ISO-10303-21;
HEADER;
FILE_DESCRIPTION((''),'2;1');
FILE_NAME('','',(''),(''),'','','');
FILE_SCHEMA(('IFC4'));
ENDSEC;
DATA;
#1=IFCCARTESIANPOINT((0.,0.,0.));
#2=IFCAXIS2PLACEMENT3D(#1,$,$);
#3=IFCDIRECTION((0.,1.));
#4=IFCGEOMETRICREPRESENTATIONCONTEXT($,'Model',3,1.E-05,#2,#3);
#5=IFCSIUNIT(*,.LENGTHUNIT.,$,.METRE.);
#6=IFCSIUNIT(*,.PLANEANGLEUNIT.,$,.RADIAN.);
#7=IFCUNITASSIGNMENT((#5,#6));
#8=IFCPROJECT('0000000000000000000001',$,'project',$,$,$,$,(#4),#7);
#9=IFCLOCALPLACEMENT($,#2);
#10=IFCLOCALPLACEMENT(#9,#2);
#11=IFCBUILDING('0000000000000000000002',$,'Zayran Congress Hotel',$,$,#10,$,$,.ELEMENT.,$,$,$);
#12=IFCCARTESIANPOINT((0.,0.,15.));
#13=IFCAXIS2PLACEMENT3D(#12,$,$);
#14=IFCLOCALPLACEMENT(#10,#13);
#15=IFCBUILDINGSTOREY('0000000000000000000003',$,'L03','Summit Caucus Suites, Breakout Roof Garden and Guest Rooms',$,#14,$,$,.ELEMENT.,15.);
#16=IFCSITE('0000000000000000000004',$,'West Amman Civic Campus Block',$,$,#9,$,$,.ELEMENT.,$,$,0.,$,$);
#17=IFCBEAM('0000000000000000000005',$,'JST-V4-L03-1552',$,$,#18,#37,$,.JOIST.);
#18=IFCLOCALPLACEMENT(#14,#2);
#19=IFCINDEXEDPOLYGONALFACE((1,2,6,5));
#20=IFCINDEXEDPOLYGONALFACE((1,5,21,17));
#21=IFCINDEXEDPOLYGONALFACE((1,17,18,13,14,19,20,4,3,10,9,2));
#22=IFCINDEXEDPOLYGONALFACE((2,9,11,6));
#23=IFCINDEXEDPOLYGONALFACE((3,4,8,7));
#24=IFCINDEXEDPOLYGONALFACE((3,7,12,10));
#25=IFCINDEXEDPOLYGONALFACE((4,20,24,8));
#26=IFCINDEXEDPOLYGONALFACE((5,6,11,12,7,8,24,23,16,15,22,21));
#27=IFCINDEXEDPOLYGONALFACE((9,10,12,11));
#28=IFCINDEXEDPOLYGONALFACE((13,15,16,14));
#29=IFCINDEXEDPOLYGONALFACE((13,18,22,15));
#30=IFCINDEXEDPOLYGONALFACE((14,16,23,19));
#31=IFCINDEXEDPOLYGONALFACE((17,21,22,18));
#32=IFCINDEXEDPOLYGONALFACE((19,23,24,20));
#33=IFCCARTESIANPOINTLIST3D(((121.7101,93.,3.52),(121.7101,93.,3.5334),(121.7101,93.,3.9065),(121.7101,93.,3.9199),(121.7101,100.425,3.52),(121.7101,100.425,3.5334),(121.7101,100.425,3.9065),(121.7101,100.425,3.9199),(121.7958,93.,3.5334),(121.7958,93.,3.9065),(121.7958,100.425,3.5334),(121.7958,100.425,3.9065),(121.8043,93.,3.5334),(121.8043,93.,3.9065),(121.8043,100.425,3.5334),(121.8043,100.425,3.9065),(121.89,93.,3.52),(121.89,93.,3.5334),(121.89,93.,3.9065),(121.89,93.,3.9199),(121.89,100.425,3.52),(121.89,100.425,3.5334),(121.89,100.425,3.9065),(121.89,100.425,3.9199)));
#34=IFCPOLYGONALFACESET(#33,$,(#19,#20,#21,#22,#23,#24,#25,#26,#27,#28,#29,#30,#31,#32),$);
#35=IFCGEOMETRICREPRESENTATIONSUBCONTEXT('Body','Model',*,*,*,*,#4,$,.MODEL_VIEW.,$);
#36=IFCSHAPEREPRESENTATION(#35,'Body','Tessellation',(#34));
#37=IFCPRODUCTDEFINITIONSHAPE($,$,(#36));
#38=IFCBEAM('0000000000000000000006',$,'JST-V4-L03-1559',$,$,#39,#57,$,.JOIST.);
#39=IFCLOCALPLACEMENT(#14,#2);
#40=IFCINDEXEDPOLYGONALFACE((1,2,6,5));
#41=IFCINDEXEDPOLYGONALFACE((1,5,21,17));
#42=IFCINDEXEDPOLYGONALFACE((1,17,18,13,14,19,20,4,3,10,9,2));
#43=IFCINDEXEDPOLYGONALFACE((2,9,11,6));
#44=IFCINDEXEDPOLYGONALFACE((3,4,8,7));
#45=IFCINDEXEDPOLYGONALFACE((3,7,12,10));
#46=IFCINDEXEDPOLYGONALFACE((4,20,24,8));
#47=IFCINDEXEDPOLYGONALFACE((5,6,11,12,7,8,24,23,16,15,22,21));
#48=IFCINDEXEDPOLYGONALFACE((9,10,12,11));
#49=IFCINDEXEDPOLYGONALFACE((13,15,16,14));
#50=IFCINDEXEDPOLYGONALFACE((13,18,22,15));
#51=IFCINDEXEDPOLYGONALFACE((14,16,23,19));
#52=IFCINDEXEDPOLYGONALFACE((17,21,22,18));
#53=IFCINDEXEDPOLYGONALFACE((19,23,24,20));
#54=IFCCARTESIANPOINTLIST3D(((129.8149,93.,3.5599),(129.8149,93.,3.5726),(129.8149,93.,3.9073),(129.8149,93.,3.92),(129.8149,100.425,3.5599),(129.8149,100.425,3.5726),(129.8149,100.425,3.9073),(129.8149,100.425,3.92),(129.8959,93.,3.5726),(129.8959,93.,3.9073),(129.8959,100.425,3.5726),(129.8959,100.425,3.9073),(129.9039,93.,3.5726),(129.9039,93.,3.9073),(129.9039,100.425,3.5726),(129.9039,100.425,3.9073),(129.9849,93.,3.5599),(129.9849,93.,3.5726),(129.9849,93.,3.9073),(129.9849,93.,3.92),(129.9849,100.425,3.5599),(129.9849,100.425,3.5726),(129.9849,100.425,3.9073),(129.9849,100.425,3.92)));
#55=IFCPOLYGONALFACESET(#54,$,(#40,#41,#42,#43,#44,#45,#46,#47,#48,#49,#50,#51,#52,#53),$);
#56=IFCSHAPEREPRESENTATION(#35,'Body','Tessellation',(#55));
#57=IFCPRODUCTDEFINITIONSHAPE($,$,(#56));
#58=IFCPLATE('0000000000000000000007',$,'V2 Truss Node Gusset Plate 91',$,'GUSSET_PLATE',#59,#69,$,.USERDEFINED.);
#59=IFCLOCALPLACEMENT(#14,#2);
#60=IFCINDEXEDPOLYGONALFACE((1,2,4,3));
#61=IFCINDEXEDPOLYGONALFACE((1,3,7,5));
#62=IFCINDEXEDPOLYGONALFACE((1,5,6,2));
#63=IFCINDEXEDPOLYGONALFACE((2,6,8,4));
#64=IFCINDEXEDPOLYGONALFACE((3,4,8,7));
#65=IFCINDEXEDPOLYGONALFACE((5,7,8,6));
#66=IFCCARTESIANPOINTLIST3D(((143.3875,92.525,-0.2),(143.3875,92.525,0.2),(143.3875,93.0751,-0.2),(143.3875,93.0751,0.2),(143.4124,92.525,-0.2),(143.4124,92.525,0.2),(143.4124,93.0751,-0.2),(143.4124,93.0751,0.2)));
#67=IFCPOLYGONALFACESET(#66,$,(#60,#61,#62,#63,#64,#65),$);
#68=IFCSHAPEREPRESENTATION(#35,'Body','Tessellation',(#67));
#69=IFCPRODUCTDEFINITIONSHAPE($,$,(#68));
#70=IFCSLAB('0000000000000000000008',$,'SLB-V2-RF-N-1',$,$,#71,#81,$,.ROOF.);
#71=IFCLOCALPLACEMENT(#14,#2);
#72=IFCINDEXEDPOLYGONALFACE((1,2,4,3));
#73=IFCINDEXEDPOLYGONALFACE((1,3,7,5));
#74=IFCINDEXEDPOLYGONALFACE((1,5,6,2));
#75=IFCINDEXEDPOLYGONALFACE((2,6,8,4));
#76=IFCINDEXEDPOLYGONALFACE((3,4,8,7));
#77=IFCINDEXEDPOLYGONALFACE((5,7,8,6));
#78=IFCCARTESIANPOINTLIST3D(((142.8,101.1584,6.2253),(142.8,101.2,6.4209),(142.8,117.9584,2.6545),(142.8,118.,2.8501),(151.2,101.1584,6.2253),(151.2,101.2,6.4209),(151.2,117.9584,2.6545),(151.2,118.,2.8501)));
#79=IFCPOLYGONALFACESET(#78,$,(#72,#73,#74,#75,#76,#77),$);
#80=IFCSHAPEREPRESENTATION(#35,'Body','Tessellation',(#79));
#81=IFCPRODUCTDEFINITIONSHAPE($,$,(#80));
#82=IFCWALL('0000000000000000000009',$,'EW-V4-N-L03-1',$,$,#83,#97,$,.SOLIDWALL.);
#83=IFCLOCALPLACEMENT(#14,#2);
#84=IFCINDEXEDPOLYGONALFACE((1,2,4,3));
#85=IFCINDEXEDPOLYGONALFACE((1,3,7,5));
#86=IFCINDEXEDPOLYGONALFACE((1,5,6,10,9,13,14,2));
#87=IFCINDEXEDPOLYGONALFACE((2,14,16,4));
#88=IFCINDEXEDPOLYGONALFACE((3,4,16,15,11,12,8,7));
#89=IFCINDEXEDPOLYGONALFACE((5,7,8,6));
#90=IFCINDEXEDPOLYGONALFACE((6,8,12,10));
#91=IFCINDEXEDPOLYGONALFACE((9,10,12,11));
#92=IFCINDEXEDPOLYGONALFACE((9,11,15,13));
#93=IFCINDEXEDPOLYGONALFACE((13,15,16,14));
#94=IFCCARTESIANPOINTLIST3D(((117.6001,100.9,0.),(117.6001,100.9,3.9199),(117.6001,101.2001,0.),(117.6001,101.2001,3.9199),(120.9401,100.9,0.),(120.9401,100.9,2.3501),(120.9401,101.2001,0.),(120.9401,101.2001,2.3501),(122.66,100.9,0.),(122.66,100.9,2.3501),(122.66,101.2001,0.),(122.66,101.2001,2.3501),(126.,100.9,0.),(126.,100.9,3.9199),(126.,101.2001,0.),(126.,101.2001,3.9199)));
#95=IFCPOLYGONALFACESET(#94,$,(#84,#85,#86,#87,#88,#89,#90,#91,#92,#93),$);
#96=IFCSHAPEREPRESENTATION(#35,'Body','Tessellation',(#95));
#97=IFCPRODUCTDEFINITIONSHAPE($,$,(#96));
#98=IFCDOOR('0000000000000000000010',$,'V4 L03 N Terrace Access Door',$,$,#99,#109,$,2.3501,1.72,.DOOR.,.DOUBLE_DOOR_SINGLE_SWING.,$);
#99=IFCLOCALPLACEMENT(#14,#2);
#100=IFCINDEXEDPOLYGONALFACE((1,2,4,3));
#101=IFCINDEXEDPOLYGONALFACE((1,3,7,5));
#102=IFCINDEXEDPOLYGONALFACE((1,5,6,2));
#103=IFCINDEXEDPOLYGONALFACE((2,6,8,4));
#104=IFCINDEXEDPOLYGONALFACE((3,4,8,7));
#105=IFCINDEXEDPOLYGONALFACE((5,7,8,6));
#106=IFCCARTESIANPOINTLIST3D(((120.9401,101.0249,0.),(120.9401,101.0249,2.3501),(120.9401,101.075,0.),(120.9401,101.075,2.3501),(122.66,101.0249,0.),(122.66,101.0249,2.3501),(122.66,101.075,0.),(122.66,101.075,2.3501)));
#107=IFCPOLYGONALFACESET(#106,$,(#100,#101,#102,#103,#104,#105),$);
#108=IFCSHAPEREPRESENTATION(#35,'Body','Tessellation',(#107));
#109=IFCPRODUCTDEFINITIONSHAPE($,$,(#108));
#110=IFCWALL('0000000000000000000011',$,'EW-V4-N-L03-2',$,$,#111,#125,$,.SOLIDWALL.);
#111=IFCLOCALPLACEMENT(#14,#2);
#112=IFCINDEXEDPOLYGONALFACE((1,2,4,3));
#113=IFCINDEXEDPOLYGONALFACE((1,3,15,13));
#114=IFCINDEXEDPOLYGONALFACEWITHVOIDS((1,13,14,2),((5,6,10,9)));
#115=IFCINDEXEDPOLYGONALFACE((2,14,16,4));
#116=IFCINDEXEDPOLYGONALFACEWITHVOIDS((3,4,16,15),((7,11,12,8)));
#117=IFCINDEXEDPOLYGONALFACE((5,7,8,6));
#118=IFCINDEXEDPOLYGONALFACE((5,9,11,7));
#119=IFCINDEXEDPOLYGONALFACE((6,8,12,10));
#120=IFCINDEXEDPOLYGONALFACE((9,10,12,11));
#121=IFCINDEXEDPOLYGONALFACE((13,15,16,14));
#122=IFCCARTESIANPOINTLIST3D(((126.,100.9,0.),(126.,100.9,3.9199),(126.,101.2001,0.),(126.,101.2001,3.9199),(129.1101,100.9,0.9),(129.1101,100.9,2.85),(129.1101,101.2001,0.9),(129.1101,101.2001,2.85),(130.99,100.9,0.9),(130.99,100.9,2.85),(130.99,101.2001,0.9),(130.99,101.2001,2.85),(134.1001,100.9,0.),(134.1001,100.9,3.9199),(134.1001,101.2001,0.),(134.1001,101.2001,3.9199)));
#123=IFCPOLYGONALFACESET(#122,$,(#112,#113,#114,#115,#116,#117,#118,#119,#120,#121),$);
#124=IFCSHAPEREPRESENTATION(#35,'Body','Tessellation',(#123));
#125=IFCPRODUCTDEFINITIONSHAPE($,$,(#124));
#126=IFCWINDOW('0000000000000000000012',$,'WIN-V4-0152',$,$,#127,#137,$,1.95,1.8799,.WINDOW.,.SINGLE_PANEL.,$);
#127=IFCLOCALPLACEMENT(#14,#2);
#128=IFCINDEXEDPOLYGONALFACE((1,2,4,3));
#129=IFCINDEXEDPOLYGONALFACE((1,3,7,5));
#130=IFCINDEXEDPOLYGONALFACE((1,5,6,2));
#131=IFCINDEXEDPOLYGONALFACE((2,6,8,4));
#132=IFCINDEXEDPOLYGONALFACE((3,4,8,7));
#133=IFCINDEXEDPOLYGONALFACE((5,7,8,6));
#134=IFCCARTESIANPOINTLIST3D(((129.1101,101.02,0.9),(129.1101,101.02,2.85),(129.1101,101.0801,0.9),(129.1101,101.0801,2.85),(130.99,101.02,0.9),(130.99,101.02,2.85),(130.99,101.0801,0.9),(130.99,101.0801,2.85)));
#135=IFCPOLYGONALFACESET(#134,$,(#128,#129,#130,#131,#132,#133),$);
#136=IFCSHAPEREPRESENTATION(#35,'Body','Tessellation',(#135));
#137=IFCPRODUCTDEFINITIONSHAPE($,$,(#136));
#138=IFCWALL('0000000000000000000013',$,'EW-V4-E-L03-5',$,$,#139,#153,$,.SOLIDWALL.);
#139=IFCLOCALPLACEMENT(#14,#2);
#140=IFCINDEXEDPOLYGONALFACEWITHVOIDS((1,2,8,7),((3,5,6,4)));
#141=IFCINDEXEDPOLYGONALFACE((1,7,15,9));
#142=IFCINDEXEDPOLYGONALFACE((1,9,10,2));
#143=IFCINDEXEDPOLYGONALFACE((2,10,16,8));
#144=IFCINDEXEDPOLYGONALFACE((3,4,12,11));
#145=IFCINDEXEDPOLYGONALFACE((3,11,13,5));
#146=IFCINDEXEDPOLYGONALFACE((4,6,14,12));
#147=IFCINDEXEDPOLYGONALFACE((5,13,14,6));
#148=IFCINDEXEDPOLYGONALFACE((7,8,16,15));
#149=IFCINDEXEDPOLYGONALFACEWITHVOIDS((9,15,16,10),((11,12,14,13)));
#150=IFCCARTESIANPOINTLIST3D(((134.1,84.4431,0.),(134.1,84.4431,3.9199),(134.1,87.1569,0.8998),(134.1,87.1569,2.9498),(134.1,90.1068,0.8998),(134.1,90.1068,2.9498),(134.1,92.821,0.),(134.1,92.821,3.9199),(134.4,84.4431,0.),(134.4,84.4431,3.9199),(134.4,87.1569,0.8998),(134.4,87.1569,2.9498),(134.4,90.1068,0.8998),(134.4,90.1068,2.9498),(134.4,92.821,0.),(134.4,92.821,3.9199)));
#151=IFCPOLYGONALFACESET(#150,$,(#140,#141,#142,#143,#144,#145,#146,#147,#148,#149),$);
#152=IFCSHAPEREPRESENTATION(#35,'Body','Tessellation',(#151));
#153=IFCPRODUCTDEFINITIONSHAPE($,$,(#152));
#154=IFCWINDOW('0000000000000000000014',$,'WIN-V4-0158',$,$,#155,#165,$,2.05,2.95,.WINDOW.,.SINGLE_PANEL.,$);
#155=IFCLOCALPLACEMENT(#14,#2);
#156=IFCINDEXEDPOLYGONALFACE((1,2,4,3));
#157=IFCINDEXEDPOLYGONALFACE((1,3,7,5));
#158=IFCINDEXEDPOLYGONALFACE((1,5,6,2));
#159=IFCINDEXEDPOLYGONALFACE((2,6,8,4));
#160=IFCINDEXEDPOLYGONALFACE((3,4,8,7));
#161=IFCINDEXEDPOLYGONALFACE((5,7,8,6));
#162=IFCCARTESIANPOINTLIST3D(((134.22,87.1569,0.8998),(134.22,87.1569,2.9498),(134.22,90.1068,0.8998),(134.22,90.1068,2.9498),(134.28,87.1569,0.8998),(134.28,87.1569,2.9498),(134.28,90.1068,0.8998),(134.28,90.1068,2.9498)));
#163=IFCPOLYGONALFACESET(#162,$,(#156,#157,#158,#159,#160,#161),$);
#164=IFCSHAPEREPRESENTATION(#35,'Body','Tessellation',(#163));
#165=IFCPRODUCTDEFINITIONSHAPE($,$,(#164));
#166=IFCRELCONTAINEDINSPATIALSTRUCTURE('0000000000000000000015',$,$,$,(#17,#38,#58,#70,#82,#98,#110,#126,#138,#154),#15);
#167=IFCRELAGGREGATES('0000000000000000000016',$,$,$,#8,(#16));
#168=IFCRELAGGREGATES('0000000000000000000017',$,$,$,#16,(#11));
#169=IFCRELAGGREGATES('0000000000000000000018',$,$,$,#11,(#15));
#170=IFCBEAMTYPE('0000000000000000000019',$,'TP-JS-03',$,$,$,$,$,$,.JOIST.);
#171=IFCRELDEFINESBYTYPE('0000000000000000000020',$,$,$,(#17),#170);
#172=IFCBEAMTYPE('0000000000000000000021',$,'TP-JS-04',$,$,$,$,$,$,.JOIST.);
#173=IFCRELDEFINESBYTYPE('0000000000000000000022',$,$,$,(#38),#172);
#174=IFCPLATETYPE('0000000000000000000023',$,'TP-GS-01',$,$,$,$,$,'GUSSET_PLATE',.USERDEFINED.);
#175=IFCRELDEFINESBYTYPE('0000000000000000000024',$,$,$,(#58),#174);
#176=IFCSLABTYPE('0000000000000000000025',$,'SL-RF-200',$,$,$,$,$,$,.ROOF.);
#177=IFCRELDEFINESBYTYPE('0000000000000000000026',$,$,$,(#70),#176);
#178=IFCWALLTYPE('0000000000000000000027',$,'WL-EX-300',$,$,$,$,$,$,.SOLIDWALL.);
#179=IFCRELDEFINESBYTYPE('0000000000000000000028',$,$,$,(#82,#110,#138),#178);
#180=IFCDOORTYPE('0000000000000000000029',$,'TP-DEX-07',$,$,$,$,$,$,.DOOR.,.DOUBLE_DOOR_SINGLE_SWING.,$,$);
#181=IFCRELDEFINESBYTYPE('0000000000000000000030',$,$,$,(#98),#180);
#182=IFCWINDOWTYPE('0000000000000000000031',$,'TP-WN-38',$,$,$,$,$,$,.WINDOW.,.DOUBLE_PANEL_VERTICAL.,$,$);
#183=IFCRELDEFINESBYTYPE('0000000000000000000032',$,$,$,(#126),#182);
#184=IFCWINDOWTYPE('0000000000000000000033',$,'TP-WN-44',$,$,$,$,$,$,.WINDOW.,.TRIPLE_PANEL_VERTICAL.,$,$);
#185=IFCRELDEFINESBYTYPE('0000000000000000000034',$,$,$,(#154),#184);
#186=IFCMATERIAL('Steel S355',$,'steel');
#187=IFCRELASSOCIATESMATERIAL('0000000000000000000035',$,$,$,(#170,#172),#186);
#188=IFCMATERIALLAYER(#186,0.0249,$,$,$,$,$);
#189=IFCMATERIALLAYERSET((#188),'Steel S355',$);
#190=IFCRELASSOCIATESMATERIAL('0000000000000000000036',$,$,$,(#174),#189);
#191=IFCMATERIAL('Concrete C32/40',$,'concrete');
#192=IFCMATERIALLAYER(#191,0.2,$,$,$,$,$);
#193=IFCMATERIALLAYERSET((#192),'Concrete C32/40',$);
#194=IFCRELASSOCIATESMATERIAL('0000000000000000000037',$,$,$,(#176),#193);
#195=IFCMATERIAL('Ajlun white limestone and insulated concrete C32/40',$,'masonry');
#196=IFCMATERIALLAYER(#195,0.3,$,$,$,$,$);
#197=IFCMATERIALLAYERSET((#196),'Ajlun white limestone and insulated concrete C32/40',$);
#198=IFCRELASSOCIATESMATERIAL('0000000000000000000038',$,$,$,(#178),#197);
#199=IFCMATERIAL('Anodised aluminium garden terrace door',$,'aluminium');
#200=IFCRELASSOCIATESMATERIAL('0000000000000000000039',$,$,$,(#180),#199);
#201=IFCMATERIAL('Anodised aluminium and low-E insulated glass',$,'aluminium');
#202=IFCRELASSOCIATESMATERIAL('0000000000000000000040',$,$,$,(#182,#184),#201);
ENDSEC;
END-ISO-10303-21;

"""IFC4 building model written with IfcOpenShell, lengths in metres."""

from ifc_helpers import new_model, si_unit, direction, frame, frame_2d, origin, origin_2d, place, context, subcontext, project, spatial, polyline, rectangle, i_section, outline, extrude, material, layer, layer_set, material_profile, profile_set, type_object, element, fill, save


model = new_model("IFC4")

# Units and contexts
model_context = context("Model", 3, precision=1e-05, world=origin(), true_north=direction((0.0, 1.0)))
body_context = subcontext(model_context, "Body", "Model", "MODEL_VIEW")
ifc_project = project(units=[si_unit("LENGTHUNIT", "METRE"), si_unit("PLANEANGLEUNIT", "RADIAN")], contexts=[model_context])

# Site, building, storey
site_placement = place(None, origin())
site = spatial("IfcSite", under=ifc_project, at=site_placement, Name="West Amman Civic Campus Block", CompositionType="ELEMENT", RefElevation=0.0)
building_placement = place(site_placement, origin())
building = spatial("IfcBuilding", under=site, at=building_placement, Name="Zayran Congress Hotel", CompositionType="ELEMENT")
storey_placement = place(building_placement, frame((0.0, 0.0, 15.0)))
storey = spatial("IfcBuildingStorey", under=building, at=storey_placement, Name="L03", Description="Summit Caucus Suites, Breakout Roof Garden and Guest Rooms", CompositionType="ELEMENT", Elevation=15.0)

# Shared definitions
ifc_material_1 = material(Name="Steel S355", Category="steel")

# Beams
ifc_material_profile_1 = material_profile(ifc_material_1, i_section(OverallWidth=0.1799, OverallDepth=0.3999, WebThickness=0.0085, FlangeThickness=0.0134, at=origin_2d()), Name="IPE 400")
ifc_profile_set_1 = profile_set([ifc_material_profile_1], Name="Steel S355")
beam_type_1 = type_object("IfcBeamType", Name="TP-JS-03", PredefinedType="JOIST", material=ifc_profile_set_1)
beam_1_placement = place(storey_placement, frame((121.8, 93.0, 3.72), z_axis=(0.0, 1.0, 0.0), x_axis=(-1.0, 0.0, 0.0)))
element("IfcBeam", 1, at=beam_1_placement, inside=storey, type_object=beam_type_1, Name="JST-V4-L03-1552", PredefinedType="JOIST", context=body_context, shape_type="SweptSolid", body=[
    extrude(i_section(OverallWidth=0.1799, OverallDepth=0.3999, WebThickness=0.0085, FlangeThickness=0.0134, at=origin_2d()), origin(), (0.0, 0.0, 1.0), 7.425),
])
ifc_material_profile_2 = material_profile(ifc_material_1, i_section(OverallWidth=0.1699, OverallDepth=0.3601, WebThickness=0.0081, FlangeThickness=0.0127, at=origin_2d()), Name="IPE 360")
ifc_profile_set_2 = profile_set([ifc_material_profile_2], Name="Steel S355")
beam_type_2 = type_object("IfcBeamType", Name="TP-JS-04", PredefinedType="JOIST", material=ifc_profile_set_2)
beam_2_placement = place(storey_placement, frame((129.8999, 93.0, 3.74), z_axis=(0.0, 1.0, 0.0), x_axis=(-1.0, 0.0, 0.0)))
element("IfcBeam", 2, at=beam_2_placement, inside=storey, type_object=beam_type_2, Name="JST-V4-L03-1559", PredefinedType="JOIST", context=body_context, shape_type="SweptSolid", body=[
    extrude(i_section(OverallWidth=0.1699, OverallDepth=0.3601, WebThickness=0.0081, FlangeThickness=0.0127, at=origin_2d()), origin(), (0.0, 0.0, 1.0), 7.425),
])

# Plate
ifc_layer_1 = layer(ifc_material_1, 0.0249)
ifc_layer_set_1 = layer_set([ifc_layer_1], Name="Steel S355")
plate_type = type_object("IfcPlateType", Name="TP-GS-01", ElementType="GUSSET_PLATE", PredefinedType="USERDEFINED", material=ifc_layer_set_1)
plate_placement = place(storey_placement, frame((143.3999, 92.8, -0.2), z_axis=(0.0, 0.0, 1.0), x_axis=(0.0, 1.0, 0.0)))
element("IfcPlate", 3, at=plate_placement, inside=storey, type_object=plate_type, Name="V2 Truss Node Gusset Plate 91", ObjectType="GUSSET_PLATE", PredefinedType="USERDEFINED", context=body_context, shape_type="SweptSolid", body=[
    extrude(rectangle(XDim=0.55, YDim=0.0249, at=origin_2d()), origin(), (0.0, 0.0, 1.0), 0.3999),
])

# Slab
ifc_material_2 = material(Name="Concrete C32/40", Category="concrete")
ifc_layer_2 = layer(ifc_material_2, 0.2)
ifc_layer_set_2 = layer_set([ifc_layer_2], Name="Concrete C32/40")
slab_type = type_object("IfcSlabType", Name="SL-RF-200", PredefinedType="ROOF", material=ifc_layer_set_2)
slab_placement = place(storey_placement, frame((142.8, 101.2, 6.4209), z_axis=(0.0, 0.207903, 0.978149), x_axis=(1.0, 0.0, 0.0)))
element("IfcSlab", 4, at=slab_placement, inside=storey, type_object=slab_type, Name="SLB-V2-RF-N-1", PredefinedType="ROOF", context=body_context, shape_type="SweptSolid", body=[
    extrude(outline(polyline([(0.0, 0.0), (8.3999, 0.0), (8.3999, 17.1753), (0.0, 17.1753), (0.0, 0.0)])), origin(), (0.0, 0.0, -1.0), 0.2),
])

# Wall, opening, door
ifc_material_3 = material(Name="Ajlun white limestone and insulated concrete C32/40", Category="masonry")
ifc_layer_3 = layer(ifc_material_3, 0.3)
ifc_layer_set_3 = layer_set([ifc_layer_3], Name="Ajlun white limestone and insulated concrete C32/40")
wall_type_1 = type_object("IfcWallType", Name="WL-EX-300", PredefinedType="SOLIDWALL", material=ifc_layer_set_3)
wall_1_placement = place(storey_placement, frame((117.6001, 101.05, 0.0), z_axis=(0.0, 0.0, 1.0), x_axis=(1.0, 0.0, 0.0)))
wall_1 = element("IfcWall", 5, at=wall_1_placement, inside=storey, type_object=wall_type_1, Name="EW-V4-N-L03-1", PredefinedType="SOLIDWALL", context=body_context, shape_type="SweptSolid", body=[
    extrude(rectangle(XDim=8.3999, YDim=0.3, at=frame_2d((4.2, 0.0))), origin(), (0.0, 0.0, 1.0), 3.9199),
])
opening_1_placement = place(wall_1_placement, frame((3.3401, 0.0, 0.0)))
opening_1 = element("IfcOpeningElement", 6, at=opening_1_placement, cuts=wall_1, PredefinedType="OPENING", context=body_context, shape_type="SweptSolid", body=[
    extrude(rectangle(XDim=1.72, YDim=2.3501, at=frame_2d((0.8599, 1.175))), frame((0.0, 0.1599, 0.0), z_axis=(0.0, -1.0, 0.0), x_axis=(1.0, 0.0, 0.0)), (0.0, 0.0, 1.0), 0.3201),
])
ifc_material_4 = material(Name="Anodised aluminium garden terrace door", Category="aluminium")
door_type_1 = type_object("IfcDoorType", Name="TP-DEX-07", OperationType="DOUBLE_DOOR_SINGLE_SWING", PredefinedType="DOOR", material=ifc_material_4)
door_1_placement = place(opening_1_placement, origin())
door_1 = element("IfcDoor", 7, at=door_1_placement, inside=storey, type_object=door_type_1, Name="V4 L03 N Terrace Access Door", OperationType="DOUBLE_DOOR_SINGLE_SWING", OverallHeight=2.3501, OverallWidth=1.72, PredefinedType="DOOR", context=body_context, shape_type="SweptSolid", body=[
    extrude(rectangle(XDim=1.72, YDim=2.3501, at=frame_2d((0.8599, 1.175))), frame((0.0, 0.0249, 0.0), z_axis=(0.0, -1.0, 0.0), x_axis=(1.0, 0.0, 0.0)), (0.0, 0.0, 1.0), 0.05),
])
fill(opening_1, door_1)

# Walls, openings, windows
wall_2_placement = place(storey_placement, frame((126.0, 101.05, 0.0), z_axis=(0.0, 0.0, 1.0), x_axis=(1.0, 0.0, 0.0)))
wall_2 = element("IfcWall", 8, at=wall_2_placement, inside=storey, type_object=wall_type_1, Name="EW-V4-N-L03-2", PredefinedType="SOLIDWALL", context=body_context, shape_type="SweptSolid", body=[
    extrude(rectangle(XDim=8.1001, YDim=0.3, at=frame_2d((4.05, 0.0))), origin(), (0.0, 0.0, 1.0), 3.9199),
])
opening_2_placement = place(wall_2_placement, frame((3.1101, 0.0, 0.8999)))
opening_2 = element("IfcOpeningElement", 9, at=opening_2_placement, cuts=wall_2, PredefinedType="OPENING", context=body_context, shape_type="SweptSolid", body=[
    extrude(rectangle(XDim=1.8799, YDim=1.95, at=frame_2d((0.9399, 0.9751))), frame((0.0, 0.1599, 0.0), z_axis=(0.0, -1.0, 0.0), x_axis=(1.0, 0.0, 0.0)), (0.0, 0.0, 1.0), 0.3201),
])
ifc_material_5 = material(Name="Anodised aluminium and low-E insulated glass", Category="aluminium")
window_type_1 = type_object("IfcWindowType", Name="TP-WN-38", PartitioningType="DOUBLE_PANEL_VERTICAL", PredefinedType="WINDOW", material=ifc_material_5)
window_1_placement = place(opening_2_placement, origin())
window_1 = element("IfcWindow", 10, at=window_1_placement, inside=storey, type_object=window_type_1, Name="WIN-V4-0152", OverallHeight=1.95, OverallWidth=1.8799, PartitioningType="SINGLE_PANEL", PredefinedType="WINDOW", context=body_context, shape_type="SweptSolid", body=[
    extrude(rectangle(XDim=1.8799, YDim=1.95, at=frame_2d((0.9399, 0.9751))), frame((0.0, 0.03, 0.0), z_axis=(0.0, -1.0, 0.0), x_axis=(1.0, 0.0, 0.0)), (0.0, 0.0, 1.0), 0.0601),
])
fill(opening_2, window_1)
wall_3_placement = place(storey_placement, frame((134.25, 92.821, 0.0), z_axis=(0.0, 0.0, 1.0), x_axis=(0.0, -1.0, 0.0)))
wall_3 = element("IfcWall", 11, at=wall_3_placement, inside=storey, type_object=wall_type_1, Name="EW-V4-E-L03-5", PredefinedType="SOLIDWALL", context=body_context, shape_type="SweptSolid", body=[
    extrude(rectangle(XDim=8.3779, YDim=0.3, at=frame_2d((4.189, 0.0))), origin(), (0.0, 0.0, 1.0), 3.9199),
])
opening_3_placement = place(wall_3_placement, frame((2.7141, 0.0, 0.8999)))
opening_3 = element("IfcOpeningElement", 12, at=opening_3_placement, cuts=wall_3, PredefinedType="OPENING", context=body_context, shape_type="SweptSolid", body=[
    extrude(rectangle(XDim=2.95, YDim=2.05, at=frame_2d((1.4751, 1.0249))), frame((0.0, 0.1599, 0.0), z_axis=(0.0, -1.0, 0.0), x_axis=(1.0, 0.0, 0.0)), (0.0, 0.0, 1.0), 0.3201),
])
window_type_2 = type_object("IfcWindowType", Name="TP-WN-44", PartitioningType="TRIPLE_PANEL_VERTICAL", PredefinedType="WINDOW", material=ifc_material_5)
window_2_placement = place(opening_3_placement, origin())
window_2 = element("IfcWindow", 13, at=window_2_placement, inside=storey, type_object=window_type_2, Name="WIN-V4-0158", OverallHeight=2.05, OverallWidth=2.95, PartitioningType="SINGLE_PANEL", PredefinedType="WINDOW", context=body_context, shape_type="SweptSolid", body=[
    extrude(rectangle(XDim=2.95, YDim=2.05, at=frame_2d((1.4751, 1.0249))), frame((0.0, 0.03, 0.0), z_axis=(0.0, -1.0, 0.0), x_axis=(1.0, 0.0, 0.0)), (0.0, 0.0, 1.0), 0.0601),
])
fill(opening_3, window_2)

save(model, "model.ifc")
